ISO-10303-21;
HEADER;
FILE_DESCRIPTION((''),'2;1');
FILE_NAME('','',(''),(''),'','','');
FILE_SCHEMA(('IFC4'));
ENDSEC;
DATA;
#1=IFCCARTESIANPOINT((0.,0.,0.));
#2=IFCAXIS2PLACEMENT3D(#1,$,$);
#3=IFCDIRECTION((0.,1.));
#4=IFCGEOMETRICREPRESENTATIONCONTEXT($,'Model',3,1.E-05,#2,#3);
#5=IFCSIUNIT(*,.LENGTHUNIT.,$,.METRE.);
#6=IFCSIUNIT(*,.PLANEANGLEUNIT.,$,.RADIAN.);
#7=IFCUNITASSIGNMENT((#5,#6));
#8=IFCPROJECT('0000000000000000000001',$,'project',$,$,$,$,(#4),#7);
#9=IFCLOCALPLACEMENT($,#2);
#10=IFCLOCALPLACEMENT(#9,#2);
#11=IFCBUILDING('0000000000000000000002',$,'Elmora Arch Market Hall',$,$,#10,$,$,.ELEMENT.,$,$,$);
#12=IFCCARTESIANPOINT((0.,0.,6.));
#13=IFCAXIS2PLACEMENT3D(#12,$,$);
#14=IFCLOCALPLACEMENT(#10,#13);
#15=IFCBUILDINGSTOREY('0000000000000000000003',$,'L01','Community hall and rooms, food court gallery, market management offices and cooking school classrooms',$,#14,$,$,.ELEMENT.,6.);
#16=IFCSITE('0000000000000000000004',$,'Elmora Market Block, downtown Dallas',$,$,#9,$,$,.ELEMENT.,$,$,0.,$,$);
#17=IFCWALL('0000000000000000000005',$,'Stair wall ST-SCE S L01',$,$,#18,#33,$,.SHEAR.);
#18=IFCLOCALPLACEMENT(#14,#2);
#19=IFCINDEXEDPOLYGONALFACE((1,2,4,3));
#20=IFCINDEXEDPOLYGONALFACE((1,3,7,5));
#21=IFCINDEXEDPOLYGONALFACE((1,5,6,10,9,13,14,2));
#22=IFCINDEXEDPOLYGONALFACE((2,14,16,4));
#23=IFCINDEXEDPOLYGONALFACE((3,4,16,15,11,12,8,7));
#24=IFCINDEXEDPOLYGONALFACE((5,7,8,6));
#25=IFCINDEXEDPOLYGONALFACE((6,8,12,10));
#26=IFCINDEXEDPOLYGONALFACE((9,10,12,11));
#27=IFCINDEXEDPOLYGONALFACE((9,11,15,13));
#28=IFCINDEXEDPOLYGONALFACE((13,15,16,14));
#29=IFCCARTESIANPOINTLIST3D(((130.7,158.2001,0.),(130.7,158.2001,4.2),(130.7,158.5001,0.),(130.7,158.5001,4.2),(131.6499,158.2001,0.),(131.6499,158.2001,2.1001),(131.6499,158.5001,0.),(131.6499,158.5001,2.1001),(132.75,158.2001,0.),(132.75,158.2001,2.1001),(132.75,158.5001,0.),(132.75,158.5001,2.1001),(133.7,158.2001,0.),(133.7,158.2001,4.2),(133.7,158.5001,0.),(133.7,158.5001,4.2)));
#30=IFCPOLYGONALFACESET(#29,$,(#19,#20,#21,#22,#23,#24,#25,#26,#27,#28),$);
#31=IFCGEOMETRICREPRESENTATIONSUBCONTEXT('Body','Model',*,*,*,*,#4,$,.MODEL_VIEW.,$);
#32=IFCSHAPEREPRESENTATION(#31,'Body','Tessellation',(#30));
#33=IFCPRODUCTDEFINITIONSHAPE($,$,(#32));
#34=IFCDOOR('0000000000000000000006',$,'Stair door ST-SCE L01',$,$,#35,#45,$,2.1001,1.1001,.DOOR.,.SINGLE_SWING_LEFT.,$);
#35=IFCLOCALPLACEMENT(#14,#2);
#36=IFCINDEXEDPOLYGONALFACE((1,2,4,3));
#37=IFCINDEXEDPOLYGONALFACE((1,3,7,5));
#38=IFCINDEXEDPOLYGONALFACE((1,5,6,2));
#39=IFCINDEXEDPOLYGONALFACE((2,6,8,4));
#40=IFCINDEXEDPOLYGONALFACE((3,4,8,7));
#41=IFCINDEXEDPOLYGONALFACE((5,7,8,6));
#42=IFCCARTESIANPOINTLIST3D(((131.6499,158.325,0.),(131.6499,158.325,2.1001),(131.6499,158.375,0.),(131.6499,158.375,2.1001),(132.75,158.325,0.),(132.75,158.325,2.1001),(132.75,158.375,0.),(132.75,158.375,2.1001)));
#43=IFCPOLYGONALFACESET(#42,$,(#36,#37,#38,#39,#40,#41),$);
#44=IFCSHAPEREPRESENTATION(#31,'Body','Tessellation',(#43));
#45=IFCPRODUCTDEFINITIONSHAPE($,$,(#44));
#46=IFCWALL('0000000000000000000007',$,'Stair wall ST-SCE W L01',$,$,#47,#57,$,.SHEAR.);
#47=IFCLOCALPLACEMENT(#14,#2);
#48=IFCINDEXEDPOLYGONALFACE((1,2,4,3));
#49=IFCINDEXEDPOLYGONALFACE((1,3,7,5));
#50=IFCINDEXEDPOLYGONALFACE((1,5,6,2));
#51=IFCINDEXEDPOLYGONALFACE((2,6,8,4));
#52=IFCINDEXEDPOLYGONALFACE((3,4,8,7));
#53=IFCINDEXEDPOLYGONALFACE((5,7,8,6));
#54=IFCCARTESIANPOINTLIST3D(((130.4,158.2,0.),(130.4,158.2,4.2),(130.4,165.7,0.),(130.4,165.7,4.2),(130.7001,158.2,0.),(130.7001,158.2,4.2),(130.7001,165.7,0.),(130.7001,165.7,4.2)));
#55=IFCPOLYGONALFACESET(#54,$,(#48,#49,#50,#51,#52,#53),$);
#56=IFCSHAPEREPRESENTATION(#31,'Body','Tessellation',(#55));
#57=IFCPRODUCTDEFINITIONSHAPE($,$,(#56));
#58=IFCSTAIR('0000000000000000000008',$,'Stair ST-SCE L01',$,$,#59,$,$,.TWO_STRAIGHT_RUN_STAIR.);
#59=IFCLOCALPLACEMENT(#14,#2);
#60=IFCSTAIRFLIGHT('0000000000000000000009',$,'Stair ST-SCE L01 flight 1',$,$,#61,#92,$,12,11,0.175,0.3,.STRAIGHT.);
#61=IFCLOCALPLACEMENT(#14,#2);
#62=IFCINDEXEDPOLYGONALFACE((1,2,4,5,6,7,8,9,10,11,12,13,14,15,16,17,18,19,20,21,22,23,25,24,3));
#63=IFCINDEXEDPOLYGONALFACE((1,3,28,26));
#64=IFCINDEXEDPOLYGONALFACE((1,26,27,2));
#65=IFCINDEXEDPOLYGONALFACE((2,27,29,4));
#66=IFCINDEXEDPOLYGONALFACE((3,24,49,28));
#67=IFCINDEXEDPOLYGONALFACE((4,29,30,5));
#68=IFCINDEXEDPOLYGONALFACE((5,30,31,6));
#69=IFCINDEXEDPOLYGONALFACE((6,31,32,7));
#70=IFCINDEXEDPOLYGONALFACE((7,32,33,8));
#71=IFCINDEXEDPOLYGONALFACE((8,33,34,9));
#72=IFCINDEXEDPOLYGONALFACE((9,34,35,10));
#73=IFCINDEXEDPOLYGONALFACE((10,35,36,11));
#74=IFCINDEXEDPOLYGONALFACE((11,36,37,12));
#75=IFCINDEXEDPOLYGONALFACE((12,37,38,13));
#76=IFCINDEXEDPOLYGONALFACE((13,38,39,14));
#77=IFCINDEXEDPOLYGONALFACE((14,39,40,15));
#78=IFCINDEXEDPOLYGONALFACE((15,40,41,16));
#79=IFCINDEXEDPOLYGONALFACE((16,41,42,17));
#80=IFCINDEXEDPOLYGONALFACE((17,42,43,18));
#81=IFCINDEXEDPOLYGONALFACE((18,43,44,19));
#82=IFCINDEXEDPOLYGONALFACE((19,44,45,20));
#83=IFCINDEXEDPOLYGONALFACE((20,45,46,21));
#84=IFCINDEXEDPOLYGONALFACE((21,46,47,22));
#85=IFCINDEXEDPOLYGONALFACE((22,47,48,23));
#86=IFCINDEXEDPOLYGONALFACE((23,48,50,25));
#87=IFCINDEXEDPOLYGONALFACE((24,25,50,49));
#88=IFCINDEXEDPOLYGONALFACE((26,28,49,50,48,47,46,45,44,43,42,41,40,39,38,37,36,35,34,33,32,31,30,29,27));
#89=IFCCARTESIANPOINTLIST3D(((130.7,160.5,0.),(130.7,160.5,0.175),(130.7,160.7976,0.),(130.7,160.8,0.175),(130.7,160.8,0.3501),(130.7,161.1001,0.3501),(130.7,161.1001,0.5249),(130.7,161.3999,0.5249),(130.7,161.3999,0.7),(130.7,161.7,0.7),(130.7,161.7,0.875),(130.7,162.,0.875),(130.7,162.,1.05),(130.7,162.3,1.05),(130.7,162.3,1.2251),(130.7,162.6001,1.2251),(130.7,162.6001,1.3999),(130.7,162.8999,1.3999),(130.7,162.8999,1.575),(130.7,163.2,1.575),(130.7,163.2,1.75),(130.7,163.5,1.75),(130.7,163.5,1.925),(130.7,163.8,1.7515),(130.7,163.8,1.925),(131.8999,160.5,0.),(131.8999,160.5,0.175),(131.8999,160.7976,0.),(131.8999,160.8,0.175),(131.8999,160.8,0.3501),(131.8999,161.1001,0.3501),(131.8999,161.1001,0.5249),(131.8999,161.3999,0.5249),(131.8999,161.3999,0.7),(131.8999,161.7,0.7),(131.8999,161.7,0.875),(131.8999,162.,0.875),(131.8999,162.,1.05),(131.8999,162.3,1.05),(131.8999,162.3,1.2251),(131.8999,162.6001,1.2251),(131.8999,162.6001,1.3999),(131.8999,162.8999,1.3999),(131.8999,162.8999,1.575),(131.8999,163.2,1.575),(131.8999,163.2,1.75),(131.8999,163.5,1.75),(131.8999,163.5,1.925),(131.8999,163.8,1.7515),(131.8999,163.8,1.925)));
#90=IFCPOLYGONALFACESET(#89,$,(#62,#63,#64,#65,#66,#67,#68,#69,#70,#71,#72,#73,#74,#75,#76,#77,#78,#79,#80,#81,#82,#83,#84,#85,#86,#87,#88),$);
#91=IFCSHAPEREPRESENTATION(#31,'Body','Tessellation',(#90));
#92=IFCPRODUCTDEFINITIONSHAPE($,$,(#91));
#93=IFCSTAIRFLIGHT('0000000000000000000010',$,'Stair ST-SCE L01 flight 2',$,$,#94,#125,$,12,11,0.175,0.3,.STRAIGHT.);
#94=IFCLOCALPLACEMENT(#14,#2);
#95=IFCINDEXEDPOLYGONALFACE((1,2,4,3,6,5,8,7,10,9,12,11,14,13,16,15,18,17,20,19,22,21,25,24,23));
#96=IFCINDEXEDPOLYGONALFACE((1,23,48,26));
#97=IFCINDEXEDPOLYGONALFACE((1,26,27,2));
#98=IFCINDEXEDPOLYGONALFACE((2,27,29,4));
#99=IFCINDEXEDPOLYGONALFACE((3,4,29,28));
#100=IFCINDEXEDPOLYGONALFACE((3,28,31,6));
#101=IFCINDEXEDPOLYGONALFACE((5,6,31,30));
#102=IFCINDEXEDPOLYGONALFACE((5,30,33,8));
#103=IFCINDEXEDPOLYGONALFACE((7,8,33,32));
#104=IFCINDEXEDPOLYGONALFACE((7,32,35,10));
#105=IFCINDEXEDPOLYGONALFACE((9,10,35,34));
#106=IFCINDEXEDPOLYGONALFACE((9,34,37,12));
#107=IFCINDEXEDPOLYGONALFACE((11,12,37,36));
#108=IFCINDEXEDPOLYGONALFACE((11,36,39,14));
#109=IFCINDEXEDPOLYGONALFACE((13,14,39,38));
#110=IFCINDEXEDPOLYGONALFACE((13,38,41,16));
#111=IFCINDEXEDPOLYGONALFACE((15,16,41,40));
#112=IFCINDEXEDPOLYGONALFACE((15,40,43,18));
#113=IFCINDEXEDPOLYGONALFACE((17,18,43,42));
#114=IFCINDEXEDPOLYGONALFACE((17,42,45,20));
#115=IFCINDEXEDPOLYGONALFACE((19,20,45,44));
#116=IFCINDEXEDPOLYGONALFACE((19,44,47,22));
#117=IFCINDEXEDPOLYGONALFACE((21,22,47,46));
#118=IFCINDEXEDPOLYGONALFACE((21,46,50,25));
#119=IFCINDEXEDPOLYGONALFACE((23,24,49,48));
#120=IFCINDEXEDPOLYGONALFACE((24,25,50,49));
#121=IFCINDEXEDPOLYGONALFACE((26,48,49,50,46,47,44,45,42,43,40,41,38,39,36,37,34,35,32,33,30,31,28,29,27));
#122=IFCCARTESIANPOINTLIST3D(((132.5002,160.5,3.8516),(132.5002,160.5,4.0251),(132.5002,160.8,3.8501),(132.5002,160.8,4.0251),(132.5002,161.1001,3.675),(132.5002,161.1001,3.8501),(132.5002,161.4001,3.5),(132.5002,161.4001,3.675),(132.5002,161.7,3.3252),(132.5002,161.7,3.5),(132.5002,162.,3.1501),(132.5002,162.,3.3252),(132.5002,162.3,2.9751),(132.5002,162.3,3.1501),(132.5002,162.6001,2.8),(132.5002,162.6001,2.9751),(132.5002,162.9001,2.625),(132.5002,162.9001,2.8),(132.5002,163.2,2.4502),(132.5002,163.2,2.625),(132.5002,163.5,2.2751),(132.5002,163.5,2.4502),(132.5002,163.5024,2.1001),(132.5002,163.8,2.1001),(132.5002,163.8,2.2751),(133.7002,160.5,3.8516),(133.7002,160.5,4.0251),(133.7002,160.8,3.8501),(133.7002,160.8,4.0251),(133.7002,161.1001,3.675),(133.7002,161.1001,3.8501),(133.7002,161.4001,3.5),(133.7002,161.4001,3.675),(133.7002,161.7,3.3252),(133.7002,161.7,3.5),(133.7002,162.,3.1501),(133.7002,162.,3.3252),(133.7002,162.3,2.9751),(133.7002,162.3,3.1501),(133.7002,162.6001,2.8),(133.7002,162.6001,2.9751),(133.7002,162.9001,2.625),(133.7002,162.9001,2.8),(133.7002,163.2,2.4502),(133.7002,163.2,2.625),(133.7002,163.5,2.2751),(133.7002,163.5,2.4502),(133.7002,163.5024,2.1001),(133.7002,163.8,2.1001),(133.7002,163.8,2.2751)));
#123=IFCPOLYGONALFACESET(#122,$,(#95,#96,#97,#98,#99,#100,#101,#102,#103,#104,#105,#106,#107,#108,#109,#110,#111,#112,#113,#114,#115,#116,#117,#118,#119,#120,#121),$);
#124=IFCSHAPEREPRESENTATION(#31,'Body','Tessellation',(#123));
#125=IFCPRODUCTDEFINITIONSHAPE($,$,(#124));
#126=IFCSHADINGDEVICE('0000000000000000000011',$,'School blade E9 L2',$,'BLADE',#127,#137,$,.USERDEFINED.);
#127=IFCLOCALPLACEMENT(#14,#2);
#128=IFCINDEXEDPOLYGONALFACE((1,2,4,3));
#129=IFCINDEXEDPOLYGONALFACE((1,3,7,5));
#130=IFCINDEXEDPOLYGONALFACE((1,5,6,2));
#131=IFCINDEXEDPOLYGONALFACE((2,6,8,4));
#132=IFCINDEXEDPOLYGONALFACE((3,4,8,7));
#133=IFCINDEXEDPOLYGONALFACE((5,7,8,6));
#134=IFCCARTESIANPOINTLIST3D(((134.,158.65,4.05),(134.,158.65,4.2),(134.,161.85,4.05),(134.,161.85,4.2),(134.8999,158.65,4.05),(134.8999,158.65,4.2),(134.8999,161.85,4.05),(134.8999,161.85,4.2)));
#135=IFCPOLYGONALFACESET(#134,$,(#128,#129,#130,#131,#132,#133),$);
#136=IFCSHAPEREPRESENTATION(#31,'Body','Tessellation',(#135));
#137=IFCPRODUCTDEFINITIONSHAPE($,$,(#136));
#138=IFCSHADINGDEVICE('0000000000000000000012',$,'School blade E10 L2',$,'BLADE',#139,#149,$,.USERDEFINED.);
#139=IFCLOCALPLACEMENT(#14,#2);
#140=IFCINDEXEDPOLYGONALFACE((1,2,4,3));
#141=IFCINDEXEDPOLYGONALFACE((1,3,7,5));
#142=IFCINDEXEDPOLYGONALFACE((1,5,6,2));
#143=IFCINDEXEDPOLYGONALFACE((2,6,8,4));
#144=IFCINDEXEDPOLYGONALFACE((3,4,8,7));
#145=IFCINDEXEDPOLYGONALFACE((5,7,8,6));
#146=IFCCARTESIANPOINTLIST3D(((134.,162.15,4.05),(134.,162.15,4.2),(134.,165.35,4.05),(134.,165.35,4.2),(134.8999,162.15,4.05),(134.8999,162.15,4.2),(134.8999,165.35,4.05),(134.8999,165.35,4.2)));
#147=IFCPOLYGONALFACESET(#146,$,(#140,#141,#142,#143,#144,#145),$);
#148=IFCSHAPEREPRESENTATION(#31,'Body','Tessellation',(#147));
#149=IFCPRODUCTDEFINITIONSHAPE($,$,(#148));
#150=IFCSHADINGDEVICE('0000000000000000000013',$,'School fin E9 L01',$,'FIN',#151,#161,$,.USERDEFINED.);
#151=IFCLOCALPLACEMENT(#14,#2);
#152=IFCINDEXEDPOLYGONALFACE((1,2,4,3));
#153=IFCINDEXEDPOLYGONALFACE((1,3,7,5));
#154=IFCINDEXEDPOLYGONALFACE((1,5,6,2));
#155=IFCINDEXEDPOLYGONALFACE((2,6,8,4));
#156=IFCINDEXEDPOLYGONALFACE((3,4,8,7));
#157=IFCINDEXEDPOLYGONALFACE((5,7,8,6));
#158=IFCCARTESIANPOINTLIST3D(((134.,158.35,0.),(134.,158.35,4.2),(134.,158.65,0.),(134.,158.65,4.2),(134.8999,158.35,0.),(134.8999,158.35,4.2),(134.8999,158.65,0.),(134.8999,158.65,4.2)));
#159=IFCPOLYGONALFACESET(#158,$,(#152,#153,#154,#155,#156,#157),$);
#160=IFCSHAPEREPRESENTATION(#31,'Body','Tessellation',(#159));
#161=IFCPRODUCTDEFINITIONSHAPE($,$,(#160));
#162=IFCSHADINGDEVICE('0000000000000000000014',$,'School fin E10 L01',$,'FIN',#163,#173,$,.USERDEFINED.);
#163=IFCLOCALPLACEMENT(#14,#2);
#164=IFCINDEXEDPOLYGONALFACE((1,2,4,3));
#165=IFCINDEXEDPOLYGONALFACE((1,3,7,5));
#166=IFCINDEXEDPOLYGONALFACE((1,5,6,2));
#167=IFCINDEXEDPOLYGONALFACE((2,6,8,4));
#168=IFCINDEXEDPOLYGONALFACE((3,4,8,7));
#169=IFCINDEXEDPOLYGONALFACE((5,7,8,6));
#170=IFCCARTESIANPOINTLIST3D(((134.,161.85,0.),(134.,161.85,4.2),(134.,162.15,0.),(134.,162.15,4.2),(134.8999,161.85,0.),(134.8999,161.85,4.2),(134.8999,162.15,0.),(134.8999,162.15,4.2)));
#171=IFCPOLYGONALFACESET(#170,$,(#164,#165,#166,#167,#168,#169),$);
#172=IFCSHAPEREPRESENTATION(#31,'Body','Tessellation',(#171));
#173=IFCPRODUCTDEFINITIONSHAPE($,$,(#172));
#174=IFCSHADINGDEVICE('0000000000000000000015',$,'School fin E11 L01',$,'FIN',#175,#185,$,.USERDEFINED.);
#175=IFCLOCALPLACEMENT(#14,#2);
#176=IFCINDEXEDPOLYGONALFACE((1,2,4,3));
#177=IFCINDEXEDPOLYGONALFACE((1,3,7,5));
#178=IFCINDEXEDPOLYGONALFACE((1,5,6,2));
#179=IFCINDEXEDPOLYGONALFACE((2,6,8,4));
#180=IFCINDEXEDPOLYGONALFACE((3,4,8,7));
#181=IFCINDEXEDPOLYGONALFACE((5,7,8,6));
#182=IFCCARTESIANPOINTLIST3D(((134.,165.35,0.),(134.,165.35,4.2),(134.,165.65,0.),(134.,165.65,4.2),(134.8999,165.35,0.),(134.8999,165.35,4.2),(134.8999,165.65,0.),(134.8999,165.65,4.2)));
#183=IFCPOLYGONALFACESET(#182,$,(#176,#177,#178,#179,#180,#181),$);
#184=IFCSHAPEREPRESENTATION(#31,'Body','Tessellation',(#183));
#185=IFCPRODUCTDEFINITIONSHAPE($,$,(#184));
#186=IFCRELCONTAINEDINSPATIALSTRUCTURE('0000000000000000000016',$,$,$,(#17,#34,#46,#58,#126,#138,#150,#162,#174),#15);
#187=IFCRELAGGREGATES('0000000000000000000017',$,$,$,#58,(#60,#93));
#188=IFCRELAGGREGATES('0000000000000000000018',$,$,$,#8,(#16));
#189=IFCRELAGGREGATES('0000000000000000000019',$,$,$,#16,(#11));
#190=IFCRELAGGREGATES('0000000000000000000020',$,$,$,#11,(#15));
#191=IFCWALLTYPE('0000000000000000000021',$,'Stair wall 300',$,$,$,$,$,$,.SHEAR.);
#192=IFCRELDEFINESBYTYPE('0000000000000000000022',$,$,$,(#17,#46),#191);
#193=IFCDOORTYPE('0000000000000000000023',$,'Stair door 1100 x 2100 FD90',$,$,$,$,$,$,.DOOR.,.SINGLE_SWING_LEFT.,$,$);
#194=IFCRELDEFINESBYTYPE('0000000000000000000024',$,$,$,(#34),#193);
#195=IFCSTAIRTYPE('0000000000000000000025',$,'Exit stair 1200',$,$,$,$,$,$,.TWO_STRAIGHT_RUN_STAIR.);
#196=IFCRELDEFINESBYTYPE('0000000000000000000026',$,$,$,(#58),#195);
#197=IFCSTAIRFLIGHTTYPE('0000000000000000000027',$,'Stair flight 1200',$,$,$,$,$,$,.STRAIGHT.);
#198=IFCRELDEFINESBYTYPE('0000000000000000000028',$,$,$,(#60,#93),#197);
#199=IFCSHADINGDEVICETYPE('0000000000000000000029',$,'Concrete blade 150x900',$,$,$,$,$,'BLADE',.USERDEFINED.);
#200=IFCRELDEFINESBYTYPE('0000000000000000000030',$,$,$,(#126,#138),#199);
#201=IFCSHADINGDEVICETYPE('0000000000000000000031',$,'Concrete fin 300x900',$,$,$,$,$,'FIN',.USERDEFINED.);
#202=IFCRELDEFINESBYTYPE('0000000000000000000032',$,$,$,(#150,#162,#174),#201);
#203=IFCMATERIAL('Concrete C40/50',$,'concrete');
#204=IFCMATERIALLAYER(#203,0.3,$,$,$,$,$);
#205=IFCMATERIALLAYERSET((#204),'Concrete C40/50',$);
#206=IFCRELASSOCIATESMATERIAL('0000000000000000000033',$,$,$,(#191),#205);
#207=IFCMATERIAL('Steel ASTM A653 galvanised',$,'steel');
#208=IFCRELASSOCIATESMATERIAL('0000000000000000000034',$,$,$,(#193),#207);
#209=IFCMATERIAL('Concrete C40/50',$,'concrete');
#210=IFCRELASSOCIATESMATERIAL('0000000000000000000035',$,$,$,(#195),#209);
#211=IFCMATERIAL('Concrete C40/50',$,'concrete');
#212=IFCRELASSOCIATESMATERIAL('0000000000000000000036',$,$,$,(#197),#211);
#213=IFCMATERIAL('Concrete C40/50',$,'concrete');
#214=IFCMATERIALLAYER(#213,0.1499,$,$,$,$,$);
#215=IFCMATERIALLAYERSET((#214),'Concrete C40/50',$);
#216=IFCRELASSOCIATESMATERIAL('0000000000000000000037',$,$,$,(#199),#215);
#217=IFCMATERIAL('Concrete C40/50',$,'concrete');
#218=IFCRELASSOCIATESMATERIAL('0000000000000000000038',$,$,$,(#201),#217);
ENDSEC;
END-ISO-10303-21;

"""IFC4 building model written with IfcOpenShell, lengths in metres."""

from ifc_helpers import new_model, si_unit, direction, frame, frame_2d, origin, origin_2d, place, context, subcontext, project, spatial, polyline, rectangle, outline, extrude, material, layer, layer_set, type_object, element, fill, aggregate, save


model = new_model("IFC4")

# Units and contexts
model_context = context("Model", 3, precision=1e-05, world=origin(), true_north=direction((0.0, 1.0)))
body_context = subcontext(model_context, "Body", "Model", "MODEL_VIEW")
ifc_project = project(units=[si_unit("LENGTHUNIT", "METRE"), si_unit("PLANEANGLEUNIT", "RADIAN")], contexts=[model_context])

# Site, building, storey
site_placement = place(None, origin())
site = spatial("IfcSite", under=ifc_project, at=site_placement, Name="Elmora Market Block, downtown Dallas", CompositionType="ELEMENT", RefElevation=0.0)
building_placement = place(site_placement, origin())
building = spatial("IfcBuilding", under=site, at=building_placement, Name="Elmora Arch Market Hall", CompositionType="ELEMENT")
storey_placement = place(building_placement, frame((0.0, 0.0, 6.0)))
storey = spatial("IfcBuildingStorey", under=building, at=storey_placement, Name="L01", Description="Community hall and rooms, food court gallery, market management offices and cooking school classrooms", CompositionType="ELEMENT", Elevation=6.0)

# Wall, opening, door
ifc_material_1 = material(Name="Concrete C40/50", Category="concrete")
ifc_layer_1 = layer(ifc_material_1, 0.3)
ifc_layer_set_1 = layer_set([ifc_layer_1], Name="Concrete C40/50")
wall_type_1 = type_object("IfcWallType", Name="Stair wall 300", PredefinedType="SHEAR", material=ifc_layer_set_1)
wall_1_placement = place(storey_placement, frame((130.7, 158.3501, 0.0), z_axis=(0.0, 0.0, 1.0), x_axis=(1.0, 0.0, 0.0)))
wall_1 = element("IfcWall", 1, at=wall_1_placement, inside=storey, type_object=wall_type_1, Name="Stair wall ST-SCE S L01", PredefinedType="SHEAR", context=body_context, shape_type="SweptSolid", body=[
    extrude(rectangle(XDim=3.0, YDim=0.3, at=frame_2d((1.5, 0.0))), origin(), (0.0, 0.0, 1.0), 4.2),
])
opening_1_placement = place(wall_1_placement, frame((0.95, 0.0, 0.0)))
opening_1 = element("IfcOpeningElement", 2, at=opening_1_placement, cuts=wall_1, PredefinedType="OPENING", context=body_context, shape_type="SweptSolid", body=[
    extrude(rectangle(XDim=1.1001, YDim=2.1001, at=frame_2d((0.55, 1.05))), frame((0.0, 0.1599, 0.0), z_axis=(0.0, -1.0, 0.0), x_axis=(1.0, 0.0, 0.0)), (0.0, 0.0, 1.0), 0.3201),
])
ifc_material_2 = material(Name="Steel ASTM A653 galvanised", Category="steel")
door_type = type_object("IfcDoorType", Name="Stair door 1100 x 2100 FD90", OperationType="SINGLE_SWING_LEFT", PredefinedType="DOOR", material=ifc_material_2)
door_placement = place(opening_1_placement, origin())
door = element("IfcDoor", 3, at=door_placement, inside=storey, type_object=door_type, Name="Stair door ST-SCE L01", OperationType="SINGLE_SWING_LEFT", OverallHeight=2.1001, OverallWidth=1.1001, PredefinedType="DOOR", context=body_context, shape_type="SweptSolid", body=[
    extrude(rectangle(XDim=1.1001, YDim=2.1001, at=frame_2d((0.55, 1.05))), frame((0.0, 0.0249, 0.0), z_axis=(0.0, -1.0, 0.0), x_axis=(1.0, 0.0, 0.0)), (0.0, 0.0, 1.0), 0.05),
])
fill(opening_1, door)

# Wall
wall_2_placement = place(storey_placement, frame((130.55, 158.2, 0.0), z_axis=(0.0, 0.0, 1.0), x_axis=(0.0, 1.0, 0.0)))
element("IfcWall", 4, at=wall_2_placement, inside=storey, type_object=wall_type_1, Name="Stair wall ST-SCE W L01", PredefinedType="SHEAR", context=body_context, shape_type="SweptSolid", body=[
    extrude(rectangle(XDim=7.5, YDim=0.3, at=frame_2d((3.75, 0.0))), origin(), (0.0, 0.0, 1.0), 4.2),
])

# Stair, stair flights
ifc_material_3 = material(Name="Concrete C40/50", Category="concrete")
stair_type = type_object("IfcStairType", Name="Exit stair 1200", PredefinedType="TWO_STRAIGHT_RUN_STAIR", material=ifc_material_3)
stair_placement = place(storey_placement, origin())
stair = element("IfcStair", 5, at=stair_placement, inside=storey, type_object=stair_type, Name="Stair ST-SCE L01", PredefinedType="TWO_STRAIGHT_RUN_STAIR")
ifc_material_4 = material(Name="Concrete C40/50", Category="concrete")
stair_flight_type = type_object("IfcStairFlightType", Name="Stair flight 1200", PredefinedType="STRAIGHT", material=ifc_material_4)
stair_flight_1_placement = place(storey_placement, frame((131.3, 160.5, 0.0), z_axis=(0.0, 0.0, 1.0), x_axis=(0.0, 1.0, 0.0)))
stair_flight_1 = element("IfcStairFlight", 6, at=stair_flight_1_placement, type_object=stair_flight_type, Name="Stair ST-SCE L01 flight 1", NumberOfRisers=12, NumberOfTreads=11, PredefinedType="STRAIGHT", RiserHeight=0.175, TreadLength=0.3, context=body_context, shape_type="SweptSolid", body=[
    extrude(outline(polyline([(0.0, 0.0), (0.0, 0.175), (0.3, 0.175), (0.3, 0.3501), (0.6001, 0.3501), (0.6001, 0.5249), (0.8999, 0.5249), (0.8999, 0.7), (1.2, 0.7), (1.2, 0.875), (1.5, 0.875), (1.5, 1.05), (1.8, 1.05), (1.8, 1.2251), (2.1001, 1.2251), (2.1001, 1.3999), (2.3999, 1.3999), (2.3999, 1.575), (2.7, 1.575), (2.7, 1.75), (3.0, 1.75), (3.0, 1.925), (3.3, 1.925), (3.3, 2.1001), (3.3, 1.7515), (0.2976, 0.0), (0.0, 0.0)])), frame((0.0, 0.6001, 0.0), z_axis=(0.0, -1.0, 0.0), x_axis=(1.0, 0.0, 0.0)), (0.0, 0.0, 1.0), 1.2),
])
stair_flight_2_placement = place(storey_placement, frame((133.1001, 163.8, 2.1001), z_axis=(0.0, 0.0, 1.0), x_axis=(0.0, -1.0, 0.0)))
stair_flight_2 = element("IfcStairFlight", 7, at=stair_flight_2_placement, type_object=stair_flight_type, Name="Stair ST-SCE L01 flight 2", NumberOfRisers=12, NumberOfTreads=11, PredefinedType="STRAIGHT", RiserHeight=0.175, TreadLength=0.3, context=body_context, shape_type="SweptSolid", body=[
    extrude(outline(polyline([(0.0, 0.0), (0.0, 0.175), (0.3, 0.175), (0.3, 0.3501), (0.6001, 0.3501), (0.6001, 0.5249), (0.8999, 0.5249), (0.8999, 0.7), (1.2, 0.7), (1.2, 0.875), (1.5, 0.875), (1.5, 1.05), (1.8, 1.05), (1.8, 1.2251), (2.1001, 1.2251), (2.1001, 1.3999), (2.3999, 1.3999), (2.3999, 1.575), (2.7, 1.575), (2.7, 1.75), (3.0, 1.75), (3.0, 1.925), (3.3, 1.925), (3.3, 2.1001), (3.3, 1.7515), (0.2976, 0.0), (0.0, 0.0)])), frame((0.0, 0.6001, 0.0), z_axis=(0.0, -1.0, 0.0), x_axis=(1.0, 0.0, 0.0)), (0.0, 0.0, 1.0), 1.2),
])
aggregate(stair, [stair_flight_1, stair_flight_2])

# Shading devices
ifc_material_5 = material(Name="Concrete C40/50", Category="concrete")
ifc_layer_2 = layer(ifc_material_5, 0.1499)
ifc_layer_set_2 = layer_set([ifc_layer_2], Name="Concrete C40/50")
shading_device_type_1 = type_object("IfcShadingDeviceType", Name="Concrete blade 150x900", ElementType="BLADE", PredefinedType="USERDEFINED", material=ifc_layer_set_2)
for number, where, z_axis, x_axis, name in (
    (8, (134.45, 160.25, 4.05), (0.0, 0.0, 1.0), (1.0, 0.0, 0.0), "School blade E9 L2"),
    (9, (134.45, 163.75, 4.05), (0.0, 0.0, 1.0), (1.0, 0.0, 0.0), "School blade E10 L2"),
):
    element("IfcShadingDevice", number, at=place(storey_placement, frame(where, z_axis=z_axis, x_axis=x_axis)), inside=storey, type_object=shading_device_type_1, Name=name, ObjectType="BLADE", PredefinedType="USERDEFINED", context=body_context, shape_type="SweptSolid", body=[
        extrude(rectangle(XDim=0.8999, YDim=3.2, at=origin_2d()), origin(), (0.0, 0.0, 1.0), 0.1499),
    ])
ifc_material_6 = material(Name="Concrete C40/50", Category="concrete")
shading_device_type_2 = type_object("IfcShadingDeviceType", Name="Concrete fin 300x900", ElementType="FIN", PredefinedType="USERDEFINED", material=ifc_material_6)
for number, where, z_axis, x_axis, name in (
    (10, (134.45, 158.5, 0.0), (0.0, 0.0, 1.0), (1.0, 0.0, 0.0), "School fin E9 L01"),
    (11, (134.45, 162.0, 0.0), (0.0, 0.0, 1.0), (1.0, 0.0, 0.0), "School fin E10 L01"),
    (12, (134.45, 165.5, 0.0), (0.0, 0.0, 1.0), (1.0, 0.0, 0.0), "School fin E11 L01"),
):
    element("IfcShadingDevice", number, at=place(storey_placement, frame(where, z_axis=z_axis, x_axis=x_axis)), inside=storey, type_object=shading_device_type_2, Name=name, ObjectType="FIN", PredefinedType="USERDEFINED", context=body_context, shape_type="SweptSolid", body=[
        extrude(rectangle(XDim=0.8999, YDim=0.3, at=origin_2d()), origin(), (0.0, 0.0, 1.0), 4.2),
    ])

save(model, "model.ifc")
